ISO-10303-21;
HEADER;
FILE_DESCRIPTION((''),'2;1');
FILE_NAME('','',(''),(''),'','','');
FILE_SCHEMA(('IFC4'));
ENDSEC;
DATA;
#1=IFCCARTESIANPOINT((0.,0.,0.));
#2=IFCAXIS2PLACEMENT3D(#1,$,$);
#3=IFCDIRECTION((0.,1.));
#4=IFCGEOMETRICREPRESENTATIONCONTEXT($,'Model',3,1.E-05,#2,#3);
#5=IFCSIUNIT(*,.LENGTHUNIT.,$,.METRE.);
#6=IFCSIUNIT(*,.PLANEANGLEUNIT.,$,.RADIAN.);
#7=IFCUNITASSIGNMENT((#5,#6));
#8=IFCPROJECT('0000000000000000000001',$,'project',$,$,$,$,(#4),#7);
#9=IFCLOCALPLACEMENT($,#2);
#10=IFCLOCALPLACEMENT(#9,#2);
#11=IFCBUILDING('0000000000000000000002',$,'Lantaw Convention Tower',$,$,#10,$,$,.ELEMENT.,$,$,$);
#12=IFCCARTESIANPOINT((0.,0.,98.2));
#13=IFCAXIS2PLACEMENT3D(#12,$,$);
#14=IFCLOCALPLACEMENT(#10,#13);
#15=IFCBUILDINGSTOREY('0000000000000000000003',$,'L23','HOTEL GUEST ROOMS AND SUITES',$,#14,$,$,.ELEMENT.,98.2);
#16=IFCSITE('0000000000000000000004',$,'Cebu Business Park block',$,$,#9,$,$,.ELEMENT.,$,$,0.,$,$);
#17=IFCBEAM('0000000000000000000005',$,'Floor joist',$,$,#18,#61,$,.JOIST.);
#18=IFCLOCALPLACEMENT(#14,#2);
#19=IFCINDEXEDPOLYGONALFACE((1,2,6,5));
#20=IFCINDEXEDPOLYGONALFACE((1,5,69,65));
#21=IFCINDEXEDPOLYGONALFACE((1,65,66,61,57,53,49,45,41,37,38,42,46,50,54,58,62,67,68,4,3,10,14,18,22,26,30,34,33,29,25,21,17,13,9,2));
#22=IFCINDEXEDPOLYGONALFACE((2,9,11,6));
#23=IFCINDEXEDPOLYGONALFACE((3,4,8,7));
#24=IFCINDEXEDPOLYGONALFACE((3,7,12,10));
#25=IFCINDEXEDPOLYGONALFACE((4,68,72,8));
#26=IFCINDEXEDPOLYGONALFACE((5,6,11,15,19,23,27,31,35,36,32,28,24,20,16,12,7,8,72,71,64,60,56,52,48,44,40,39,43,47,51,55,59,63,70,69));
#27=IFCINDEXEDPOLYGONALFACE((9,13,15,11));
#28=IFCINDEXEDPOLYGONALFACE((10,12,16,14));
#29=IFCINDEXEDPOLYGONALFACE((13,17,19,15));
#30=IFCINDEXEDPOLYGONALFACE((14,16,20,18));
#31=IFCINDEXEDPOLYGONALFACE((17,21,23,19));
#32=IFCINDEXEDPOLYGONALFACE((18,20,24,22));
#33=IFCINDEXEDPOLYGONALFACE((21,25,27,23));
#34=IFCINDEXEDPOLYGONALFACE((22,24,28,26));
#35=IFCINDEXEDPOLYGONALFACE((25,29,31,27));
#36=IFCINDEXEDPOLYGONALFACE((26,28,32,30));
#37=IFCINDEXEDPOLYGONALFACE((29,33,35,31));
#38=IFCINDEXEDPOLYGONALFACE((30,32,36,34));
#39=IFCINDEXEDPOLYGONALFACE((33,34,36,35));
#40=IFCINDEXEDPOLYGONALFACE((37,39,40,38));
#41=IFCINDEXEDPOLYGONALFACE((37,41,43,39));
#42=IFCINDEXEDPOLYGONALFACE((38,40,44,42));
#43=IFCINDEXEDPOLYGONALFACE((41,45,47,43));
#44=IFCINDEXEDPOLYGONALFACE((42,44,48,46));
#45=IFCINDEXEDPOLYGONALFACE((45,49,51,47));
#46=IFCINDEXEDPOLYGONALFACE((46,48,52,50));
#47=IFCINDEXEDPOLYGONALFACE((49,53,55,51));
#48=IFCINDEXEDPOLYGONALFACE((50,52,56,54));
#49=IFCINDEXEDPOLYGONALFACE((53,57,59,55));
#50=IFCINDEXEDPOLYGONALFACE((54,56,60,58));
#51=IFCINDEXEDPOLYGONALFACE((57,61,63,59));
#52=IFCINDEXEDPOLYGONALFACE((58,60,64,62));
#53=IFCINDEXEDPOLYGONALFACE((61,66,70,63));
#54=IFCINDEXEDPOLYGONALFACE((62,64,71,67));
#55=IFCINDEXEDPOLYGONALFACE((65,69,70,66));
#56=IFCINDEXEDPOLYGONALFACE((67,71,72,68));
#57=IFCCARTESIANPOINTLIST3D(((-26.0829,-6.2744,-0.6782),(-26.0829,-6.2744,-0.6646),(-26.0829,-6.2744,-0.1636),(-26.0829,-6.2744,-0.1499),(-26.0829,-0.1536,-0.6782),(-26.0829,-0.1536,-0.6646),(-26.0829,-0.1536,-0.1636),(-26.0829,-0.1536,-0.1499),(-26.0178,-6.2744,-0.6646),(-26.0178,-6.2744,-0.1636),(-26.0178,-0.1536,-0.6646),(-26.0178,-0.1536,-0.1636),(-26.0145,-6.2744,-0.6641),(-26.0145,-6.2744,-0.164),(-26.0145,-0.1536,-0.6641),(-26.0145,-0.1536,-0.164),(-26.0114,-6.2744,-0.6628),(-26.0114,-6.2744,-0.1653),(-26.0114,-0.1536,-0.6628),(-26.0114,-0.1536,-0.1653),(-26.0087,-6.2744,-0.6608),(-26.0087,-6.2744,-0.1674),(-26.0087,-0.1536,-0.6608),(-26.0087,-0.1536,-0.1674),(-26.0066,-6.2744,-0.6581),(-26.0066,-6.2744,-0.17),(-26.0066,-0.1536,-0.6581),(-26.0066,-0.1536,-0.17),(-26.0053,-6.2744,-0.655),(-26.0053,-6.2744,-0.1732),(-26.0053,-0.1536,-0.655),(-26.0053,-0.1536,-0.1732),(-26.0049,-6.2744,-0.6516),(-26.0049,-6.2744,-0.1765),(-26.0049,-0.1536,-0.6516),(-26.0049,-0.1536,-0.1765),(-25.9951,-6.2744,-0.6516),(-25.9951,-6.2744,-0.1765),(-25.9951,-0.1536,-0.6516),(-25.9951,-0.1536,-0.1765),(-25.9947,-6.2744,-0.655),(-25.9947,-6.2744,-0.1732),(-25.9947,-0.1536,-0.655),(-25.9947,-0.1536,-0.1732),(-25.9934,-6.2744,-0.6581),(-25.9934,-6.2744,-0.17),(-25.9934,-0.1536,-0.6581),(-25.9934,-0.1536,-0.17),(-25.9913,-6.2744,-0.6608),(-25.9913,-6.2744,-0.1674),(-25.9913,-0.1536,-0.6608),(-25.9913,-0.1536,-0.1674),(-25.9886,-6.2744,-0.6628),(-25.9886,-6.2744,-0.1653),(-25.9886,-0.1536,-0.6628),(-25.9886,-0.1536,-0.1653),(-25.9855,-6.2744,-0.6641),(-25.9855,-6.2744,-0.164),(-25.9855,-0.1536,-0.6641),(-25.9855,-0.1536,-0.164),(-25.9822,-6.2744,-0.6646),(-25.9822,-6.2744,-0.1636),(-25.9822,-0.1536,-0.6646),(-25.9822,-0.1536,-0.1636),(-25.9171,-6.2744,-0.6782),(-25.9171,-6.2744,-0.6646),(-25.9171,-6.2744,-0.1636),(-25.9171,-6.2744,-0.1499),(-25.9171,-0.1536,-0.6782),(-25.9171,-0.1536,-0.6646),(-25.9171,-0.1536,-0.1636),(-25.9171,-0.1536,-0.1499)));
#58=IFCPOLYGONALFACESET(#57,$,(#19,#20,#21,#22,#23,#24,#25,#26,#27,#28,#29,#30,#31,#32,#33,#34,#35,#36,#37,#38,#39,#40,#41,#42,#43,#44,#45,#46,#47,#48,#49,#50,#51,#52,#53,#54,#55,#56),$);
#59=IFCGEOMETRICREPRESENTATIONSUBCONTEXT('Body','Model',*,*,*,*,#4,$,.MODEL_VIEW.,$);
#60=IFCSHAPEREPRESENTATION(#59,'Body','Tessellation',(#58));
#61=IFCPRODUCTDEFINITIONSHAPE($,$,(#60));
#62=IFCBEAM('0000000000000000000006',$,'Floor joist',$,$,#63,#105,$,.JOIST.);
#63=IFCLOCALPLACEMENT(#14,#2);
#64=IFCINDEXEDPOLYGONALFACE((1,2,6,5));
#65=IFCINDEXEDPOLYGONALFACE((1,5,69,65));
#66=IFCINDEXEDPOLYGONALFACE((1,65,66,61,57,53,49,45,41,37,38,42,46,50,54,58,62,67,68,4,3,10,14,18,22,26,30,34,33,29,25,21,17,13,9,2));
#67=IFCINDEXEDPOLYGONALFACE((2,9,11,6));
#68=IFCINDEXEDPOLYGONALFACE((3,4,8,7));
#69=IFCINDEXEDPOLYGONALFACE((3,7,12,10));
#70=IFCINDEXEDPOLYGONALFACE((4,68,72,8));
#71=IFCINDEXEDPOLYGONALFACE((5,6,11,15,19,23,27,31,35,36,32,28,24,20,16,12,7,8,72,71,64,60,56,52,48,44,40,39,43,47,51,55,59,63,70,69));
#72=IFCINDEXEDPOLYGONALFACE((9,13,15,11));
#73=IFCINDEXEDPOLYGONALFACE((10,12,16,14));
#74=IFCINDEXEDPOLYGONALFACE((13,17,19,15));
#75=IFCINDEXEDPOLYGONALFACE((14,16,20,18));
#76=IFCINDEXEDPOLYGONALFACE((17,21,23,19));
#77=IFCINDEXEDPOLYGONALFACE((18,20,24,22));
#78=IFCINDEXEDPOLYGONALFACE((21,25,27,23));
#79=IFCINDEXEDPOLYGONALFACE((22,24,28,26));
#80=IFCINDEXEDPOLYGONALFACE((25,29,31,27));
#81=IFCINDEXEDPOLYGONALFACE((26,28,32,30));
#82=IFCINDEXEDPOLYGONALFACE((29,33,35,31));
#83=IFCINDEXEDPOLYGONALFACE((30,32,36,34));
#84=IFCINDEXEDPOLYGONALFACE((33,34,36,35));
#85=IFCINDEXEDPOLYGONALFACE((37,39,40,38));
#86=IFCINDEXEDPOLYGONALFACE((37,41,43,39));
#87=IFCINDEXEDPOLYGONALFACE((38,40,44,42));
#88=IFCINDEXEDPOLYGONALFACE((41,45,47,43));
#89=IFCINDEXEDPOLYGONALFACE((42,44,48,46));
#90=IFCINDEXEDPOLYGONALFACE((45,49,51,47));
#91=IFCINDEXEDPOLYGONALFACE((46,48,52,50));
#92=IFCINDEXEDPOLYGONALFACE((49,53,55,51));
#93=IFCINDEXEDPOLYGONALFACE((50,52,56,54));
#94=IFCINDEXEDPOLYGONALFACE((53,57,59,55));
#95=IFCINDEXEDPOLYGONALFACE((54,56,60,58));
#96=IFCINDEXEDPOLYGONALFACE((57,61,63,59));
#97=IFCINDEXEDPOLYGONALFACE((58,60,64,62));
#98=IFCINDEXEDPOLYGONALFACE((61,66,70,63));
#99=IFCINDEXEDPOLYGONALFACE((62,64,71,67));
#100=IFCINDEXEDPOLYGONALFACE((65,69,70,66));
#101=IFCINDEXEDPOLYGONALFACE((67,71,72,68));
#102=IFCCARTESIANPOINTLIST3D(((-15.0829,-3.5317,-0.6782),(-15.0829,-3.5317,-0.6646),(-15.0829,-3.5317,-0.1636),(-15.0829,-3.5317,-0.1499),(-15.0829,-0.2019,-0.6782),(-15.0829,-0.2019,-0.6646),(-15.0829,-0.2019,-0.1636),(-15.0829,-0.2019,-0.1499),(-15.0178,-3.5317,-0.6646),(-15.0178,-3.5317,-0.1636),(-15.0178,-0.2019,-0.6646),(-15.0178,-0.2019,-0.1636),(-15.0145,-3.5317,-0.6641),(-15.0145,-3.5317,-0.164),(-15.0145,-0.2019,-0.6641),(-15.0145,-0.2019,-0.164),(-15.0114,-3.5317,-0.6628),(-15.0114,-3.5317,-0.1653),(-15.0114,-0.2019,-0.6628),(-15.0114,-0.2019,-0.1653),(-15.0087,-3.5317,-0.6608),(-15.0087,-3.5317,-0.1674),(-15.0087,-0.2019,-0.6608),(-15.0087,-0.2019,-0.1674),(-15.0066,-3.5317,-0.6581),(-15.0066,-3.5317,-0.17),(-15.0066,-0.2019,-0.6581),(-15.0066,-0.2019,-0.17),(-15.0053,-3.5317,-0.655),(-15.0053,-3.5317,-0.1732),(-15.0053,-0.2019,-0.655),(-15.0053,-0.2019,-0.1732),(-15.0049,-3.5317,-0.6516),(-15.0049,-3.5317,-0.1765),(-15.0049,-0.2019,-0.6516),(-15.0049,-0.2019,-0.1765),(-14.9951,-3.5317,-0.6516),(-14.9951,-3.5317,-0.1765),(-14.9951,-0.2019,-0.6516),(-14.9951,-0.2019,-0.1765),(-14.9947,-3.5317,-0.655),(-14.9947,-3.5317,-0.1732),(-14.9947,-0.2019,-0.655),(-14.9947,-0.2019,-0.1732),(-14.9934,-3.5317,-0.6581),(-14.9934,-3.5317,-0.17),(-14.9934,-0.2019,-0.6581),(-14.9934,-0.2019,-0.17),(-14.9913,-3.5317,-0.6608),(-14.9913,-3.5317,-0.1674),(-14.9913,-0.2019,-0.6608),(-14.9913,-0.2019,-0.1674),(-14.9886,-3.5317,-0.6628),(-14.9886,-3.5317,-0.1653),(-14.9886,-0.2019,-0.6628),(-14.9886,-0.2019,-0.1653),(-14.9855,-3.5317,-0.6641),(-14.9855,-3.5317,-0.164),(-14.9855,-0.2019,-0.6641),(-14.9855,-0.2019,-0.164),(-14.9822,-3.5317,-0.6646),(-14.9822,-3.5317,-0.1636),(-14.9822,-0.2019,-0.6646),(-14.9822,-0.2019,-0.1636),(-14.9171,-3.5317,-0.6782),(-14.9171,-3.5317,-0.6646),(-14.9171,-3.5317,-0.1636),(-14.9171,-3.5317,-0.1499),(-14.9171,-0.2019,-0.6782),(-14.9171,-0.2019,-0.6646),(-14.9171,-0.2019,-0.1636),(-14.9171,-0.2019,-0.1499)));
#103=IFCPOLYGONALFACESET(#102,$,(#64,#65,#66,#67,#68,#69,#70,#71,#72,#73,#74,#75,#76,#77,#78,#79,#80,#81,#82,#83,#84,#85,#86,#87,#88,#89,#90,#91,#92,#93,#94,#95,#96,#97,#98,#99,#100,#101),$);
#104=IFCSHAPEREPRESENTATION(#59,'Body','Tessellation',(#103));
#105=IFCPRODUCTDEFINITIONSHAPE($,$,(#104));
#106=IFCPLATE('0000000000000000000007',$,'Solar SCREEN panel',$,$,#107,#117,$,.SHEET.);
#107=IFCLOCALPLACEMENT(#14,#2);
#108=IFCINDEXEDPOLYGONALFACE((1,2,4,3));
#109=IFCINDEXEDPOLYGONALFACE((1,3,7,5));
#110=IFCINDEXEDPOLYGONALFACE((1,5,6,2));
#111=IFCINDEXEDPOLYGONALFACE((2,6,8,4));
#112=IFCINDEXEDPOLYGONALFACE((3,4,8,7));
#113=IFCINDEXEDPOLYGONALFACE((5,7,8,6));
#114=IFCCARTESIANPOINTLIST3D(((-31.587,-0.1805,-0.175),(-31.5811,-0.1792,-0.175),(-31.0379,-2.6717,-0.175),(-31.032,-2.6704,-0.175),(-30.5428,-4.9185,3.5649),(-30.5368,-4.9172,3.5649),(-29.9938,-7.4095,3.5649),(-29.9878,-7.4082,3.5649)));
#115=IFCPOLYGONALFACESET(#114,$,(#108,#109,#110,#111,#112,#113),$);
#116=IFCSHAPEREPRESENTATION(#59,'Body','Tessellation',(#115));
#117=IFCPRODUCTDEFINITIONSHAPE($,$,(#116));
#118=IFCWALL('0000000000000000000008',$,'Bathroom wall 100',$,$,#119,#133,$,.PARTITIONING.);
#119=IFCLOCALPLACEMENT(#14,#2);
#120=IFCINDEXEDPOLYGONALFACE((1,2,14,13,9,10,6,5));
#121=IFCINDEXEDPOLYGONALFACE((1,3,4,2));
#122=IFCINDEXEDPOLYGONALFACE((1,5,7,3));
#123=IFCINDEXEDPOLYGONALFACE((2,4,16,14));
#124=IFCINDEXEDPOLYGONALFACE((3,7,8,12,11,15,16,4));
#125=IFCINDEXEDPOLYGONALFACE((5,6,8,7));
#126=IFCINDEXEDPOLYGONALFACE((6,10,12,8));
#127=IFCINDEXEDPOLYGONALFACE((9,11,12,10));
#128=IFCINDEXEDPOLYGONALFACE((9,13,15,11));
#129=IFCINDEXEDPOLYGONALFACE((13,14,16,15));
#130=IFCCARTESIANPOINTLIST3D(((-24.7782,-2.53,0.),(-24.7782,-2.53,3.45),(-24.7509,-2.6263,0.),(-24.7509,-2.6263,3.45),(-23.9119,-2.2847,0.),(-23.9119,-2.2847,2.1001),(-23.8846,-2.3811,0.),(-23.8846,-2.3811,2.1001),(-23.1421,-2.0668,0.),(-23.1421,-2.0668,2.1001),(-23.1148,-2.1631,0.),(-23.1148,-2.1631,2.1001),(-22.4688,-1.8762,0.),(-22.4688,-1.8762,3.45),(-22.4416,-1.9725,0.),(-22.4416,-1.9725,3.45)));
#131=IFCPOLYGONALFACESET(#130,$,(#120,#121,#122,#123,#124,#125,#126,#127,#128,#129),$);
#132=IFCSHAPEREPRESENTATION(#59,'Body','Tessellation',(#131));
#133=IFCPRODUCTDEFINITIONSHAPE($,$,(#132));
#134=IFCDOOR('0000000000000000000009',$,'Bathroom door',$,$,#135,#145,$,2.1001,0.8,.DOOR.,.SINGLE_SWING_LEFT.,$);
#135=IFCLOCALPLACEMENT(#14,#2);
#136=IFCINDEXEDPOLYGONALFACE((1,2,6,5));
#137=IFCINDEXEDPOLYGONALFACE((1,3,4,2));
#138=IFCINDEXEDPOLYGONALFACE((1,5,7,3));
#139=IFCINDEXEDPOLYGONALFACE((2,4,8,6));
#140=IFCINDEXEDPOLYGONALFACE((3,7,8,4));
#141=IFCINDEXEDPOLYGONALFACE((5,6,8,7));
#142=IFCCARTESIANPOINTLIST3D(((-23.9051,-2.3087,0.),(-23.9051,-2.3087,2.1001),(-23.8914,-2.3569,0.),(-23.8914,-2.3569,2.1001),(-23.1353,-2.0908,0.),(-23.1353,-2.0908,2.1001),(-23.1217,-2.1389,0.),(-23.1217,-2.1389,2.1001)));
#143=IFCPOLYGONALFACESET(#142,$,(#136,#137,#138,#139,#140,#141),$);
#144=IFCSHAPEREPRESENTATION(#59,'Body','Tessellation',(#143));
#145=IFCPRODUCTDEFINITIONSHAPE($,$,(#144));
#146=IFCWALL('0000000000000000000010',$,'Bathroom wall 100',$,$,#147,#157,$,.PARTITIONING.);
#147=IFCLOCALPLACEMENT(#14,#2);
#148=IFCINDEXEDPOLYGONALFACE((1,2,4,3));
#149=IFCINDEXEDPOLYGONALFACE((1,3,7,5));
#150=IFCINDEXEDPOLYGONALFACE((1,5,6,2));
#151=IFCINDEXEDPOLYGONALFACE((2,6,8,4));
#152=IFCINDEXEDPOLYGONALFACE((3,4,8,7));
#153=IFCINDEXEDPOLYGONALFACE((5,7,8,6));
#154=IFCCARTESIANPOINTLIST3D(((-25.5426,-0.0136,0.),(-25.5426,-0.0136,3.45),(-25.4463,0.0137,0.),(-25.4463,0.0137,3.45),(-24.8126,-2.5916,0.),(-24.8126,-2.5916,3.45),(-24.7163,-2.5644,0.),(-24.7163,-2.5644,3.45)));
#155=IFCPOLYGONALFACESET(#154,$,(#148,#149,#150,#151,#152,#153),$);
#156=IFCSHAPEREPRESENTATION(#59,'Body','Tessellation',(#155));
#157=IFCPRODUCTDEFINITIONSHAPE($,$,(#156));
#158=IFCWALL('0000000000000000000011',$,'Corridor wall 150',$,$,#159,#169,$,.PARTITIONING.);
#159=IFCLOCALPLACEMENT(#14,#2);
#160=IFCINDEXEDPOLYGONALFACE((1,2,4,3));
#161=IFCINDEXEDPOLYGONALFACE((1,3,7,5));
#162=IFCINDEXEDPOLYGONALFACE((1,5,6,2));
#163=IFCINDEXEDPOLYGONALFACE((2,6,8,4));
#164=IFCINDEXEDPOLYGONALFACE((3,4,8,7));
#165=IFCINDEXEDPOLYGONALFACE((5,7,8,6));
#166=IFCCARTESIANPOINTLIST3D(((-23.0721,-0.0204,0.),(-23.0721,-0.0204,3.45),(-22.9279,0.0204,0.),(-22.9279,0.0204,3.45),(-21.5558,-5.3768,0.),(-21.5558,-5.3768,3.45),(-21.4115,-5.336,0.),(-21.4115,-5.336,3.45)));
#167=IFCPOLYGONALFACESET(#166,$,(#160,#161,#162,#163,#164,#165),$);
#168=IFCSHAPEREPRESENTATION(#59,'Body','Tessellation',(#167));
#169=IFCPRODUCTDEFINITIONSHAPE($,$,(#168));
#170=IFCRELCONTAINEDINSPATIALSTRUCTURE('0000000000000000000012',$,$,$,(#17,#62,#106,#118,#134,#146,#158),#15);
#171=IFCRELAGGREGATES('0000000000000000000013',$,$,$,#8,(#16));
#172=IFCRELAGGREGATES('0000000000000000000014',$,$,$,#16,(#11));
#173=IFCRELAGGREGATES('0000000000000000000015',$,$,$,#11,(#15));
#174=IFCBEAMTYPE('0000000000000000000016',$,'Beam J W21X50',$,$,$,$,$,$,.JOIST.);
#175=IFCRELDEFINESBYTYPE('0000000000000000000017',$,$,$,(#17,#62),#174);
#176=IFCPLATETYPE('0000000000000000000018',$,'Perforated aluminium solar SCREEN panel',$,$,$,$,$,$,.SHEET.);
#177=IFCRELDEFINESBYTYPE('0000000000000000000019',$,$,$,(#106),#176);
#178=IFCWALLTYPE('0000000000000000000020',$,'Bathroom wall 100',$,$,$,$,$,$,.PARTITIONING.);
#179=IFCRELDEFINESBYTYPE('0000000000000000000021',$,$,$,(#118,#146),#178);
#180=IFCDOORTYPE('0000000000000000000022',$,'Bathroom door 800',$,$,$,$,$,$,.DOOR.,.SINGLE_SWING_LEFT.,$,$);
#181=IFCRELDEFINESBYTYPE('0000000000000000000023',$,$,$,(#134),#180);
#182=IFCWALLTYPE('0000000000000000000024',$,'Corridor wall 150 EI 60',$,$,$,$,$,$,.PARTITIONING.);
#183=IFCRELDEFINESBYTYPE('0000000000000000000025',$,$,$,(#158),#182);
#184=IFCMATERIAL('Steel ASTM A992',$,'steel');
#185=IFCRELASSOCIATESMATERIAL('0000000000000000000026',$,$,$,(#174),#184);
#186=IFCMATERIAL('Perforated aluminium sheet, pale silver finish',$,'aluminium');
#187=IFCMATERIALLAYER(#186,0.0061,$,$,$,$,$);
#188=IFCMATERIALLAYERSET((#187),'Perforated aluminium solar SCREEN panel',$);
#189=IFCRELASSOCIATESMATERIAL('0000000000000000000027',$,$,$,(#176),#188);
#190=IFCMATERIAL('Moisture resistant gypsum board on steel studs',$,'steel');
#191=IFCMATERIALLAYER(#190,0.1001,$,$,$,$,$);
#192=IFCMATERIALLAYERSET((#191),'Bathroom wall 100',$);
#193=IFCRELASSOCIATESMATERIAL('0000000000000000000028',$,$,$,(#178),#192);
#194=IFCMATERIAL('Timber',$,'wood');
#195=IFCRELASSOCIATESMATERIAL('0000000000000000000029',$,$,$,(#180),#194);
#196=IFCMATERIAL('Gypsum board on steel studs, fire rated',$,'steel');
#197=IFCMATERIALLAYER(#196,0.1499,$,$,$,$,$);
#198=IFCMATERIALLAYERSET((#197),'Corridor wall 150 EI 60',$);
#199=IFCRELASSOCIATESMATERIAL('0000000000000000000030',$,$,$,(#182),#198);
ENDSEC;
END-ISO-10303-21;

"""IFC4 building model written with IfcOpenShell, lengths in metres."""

from ifc_helpers import new_model, si_unit, direction, frame, frame_2d, origin, origin_2d, place, context, subcontext, project, spatial, polyline, rectangle, i_section, outline, extrude, material, layer, layer_set, material_profile, profile_set, type_object, element, fill, save


model = new_model("IFC4")

# Units and contexts
model_context = context("Model", 3, precision=1e-05, world=origin(), true_north=direction((0.0, 1.0)))
body_context = subcontext(model_context, "Body", "Model", "MODEL_VIEW")
ifc_project = project(units=[si_unit("LENGTHUNIT", "METRE"), si_unit("PLANEANGLEUNIT", "RADIAN")], contexts=[model_context])

# Site, building, storey
site_placement = place(None, origin())
site = spatial("IfcSite", under=ifc_project, at=site_placement, Name="Cebu Business Park block", CompositionType="ELEMENT", RefElevation=0.0)
building_placement = place(site_placement, origin())
building = spatial("IfcBuilding", under=site, at=building_placement, Name="Lantaw Convention Tower", CompositionType="ELEMENT")
storey_placement = place(building_placement, frame((0.0, 0.0, 98.2)))
storey = spatial("IfcBuildingStorey", under=building, at=storey_placement, Name="L23", Description="HOTEL GUEST ROOMS AND SUITES", CompositionType="ELEMENT", Elevation=98.2)

# Beams
ifc_material_1 = material(Name="Steel ASTM A992", Category="steel")
ifc_material_profile_1 = material_profile(ifc_material_1, i_section(OverallWidth=0.1658, OverallDepth=0.5283, WebThickness=0.0098, FlangeThickness=0.0137, FilletRadius=0.0129, at=origin_2d()), Name="W21X50")
ifc_profile_set_1 = profile_set([ifc_material_profile_1], Name="Steel ASTM A992")
beam_type_1 = type_object("IfcBeamType", Name="Beam J W21X50", PredefinedType="JOIST", material=ifc_profile_set_1)
beam_1_placement = place(storey_placement, frame((-26.0, -6.2744, -0.4141), z_axis=(0.0, 1.0, 0.0), x_axis=(-1.0, 0.0, 0.0)))
element("IfcBeam", 1, at=beam_1_placement, inside=storey, type_object=beam_type_1, Name="Floor joist", PredefinedType="JOIST", context=body_context, shape_type="SweptSolid", body=[
    extrude(i_section(OverallWidth=0.1658, OverallDepth=0.5283, WebThickness=0.0098, FlangeThickness=0.0137, FilletRadius=0.0129, at=origin_2d()), origin(), (0.0, 0.0, 1.0), 6.1208),
])
beam_2_placement = place(storey_placement, frame((-15.0, -3.5317, -0.4141), z_axis=(0.0, 1.0, 0.0), x_axis=(-1.0, 0.0, 0.0)))
element("IfcBeam", 2, at=beam_2_placement, inside=storey, type_object=beam_type_1, Name="Floor joist", PredefinedType="JOIST", context=body_context, shape_type="SweptSolid", body=[
    extrude(i_section(OverallWidth=0.1658, OverallDepth=0.5283, WebThickness=0.0098, FlangeThickness=0.0137, FilletRadius=0.0129, at=origin_2d()), origin(), (0.0, 0.0, 1.0), 3.3298),
])

# Plate
ifc_material_2 = material(Name="Perforated aluminium sheet, pale silver finish", Category="aluminium")
ifc_layer_1 = layer(ifc_material_2, 0.0061)
ifc_layer_set_1 = layer_set([ifc_layer_1], Name="Perforated aluminium solar SCREEN panel")
plate_type = type_object("IfcPlateType", Name="Perforated aluminium solar SCREEN panel", PredefinedType="SHEET", material=ifc_layer_set_1)
plate_placement = place(storey_placement, frame((-31.5811, -0.1792, -0.175), z_axis=(0.976559, 0.215248, 0.00003), x_axis=(0.215248, -0.976559, 0.0)))
element("IfcPlate", 3, at=plate_placement, inside=storey, type_object=plate_type, Name="Solar SCREEN panel", PredefinedType="SHEET", context=body_context, shape_type="SweptSolid", body=[
    extrude(outline(polyline([(0.0, 0.0), (2.551, 0.0), (7.4025, -3.74), (4.8517, -3.74), (0.0, 0.0)])), origin(), (0.0, 0.0, -1.0), 0.0061),
])

# Wall, opening, door
ifc_material_3 = material(Name="Moisture resistant gypsum board on steel studs", Category="steel")
ifc_layer_2 = layer(ifc_material_3, 0.1001)
ifc_layer_set_2 = layer_set([ifc_layer_2], Name="Bathroom wall 100")
wall_type_1 = type_object("IfcWallType", Name="Bathroom wall 100", PredefinedType="PARTITIONING", material=ifc_layer_set_2)
wall_1_placement = place(storey_placement, frame((-22.4551, -1.9243, 0.0), z_axis=(0.0, 0.0, 1.0), x_axis=(-0.962181, -0.27241, 0.0)))
wall_1 = element("IfcWall", 4, at=wall_1_placement, inside=storey, type_object=wall_type_1, Name="Bathroom wall 100", PredefinedType="PARTITIONING", context=body_context, shape_type="SweptSolid", body=[
    extrude(rectangle(XDim=2.4001, YDim=0.1001, at=frame_2d((1.2002, 0.0))), origin(), (0.0, 0.0, 1.0), 3.45),
])
opening_1_placement = place(wall_1_placement, frame((0.7, 0.0, 0.0)))
opening_1 = element("IfcOpeningElement", 5, at=opening_1_placement, cuts=wall_1, PredefinedType="OPENING", context=body_context, shape_type="SweptSolid", body=[
    extrude(rectangle(XDim=0.8, YDim=2.1001, at=frame_2d((0.3999, 1.05))), frame((0.0, 0.0601, 0.0), z_axis=(0.0, -1.0, 0.0), x_axis=(1.0, 0.0, 0.0)), (0.0, 0.0, 1.0), 0.1201),
])
ifc_material_4 = material(Name="Timber", Category="wood")
door_type_1 = type_object("IfcDoorType", Name="Bathroom door 800", OperationType="SINGLE_SWING_LEFT", PredefinedType="DOOR", material=ifc_material_4)
door_1_placement = place(opening_1_placement, origin())
door_1 = element("IfcDoor", 6, at=door_1_placement, inside=storey, type_object=door_type_1, Name="Bathroom door", OperationType="SINGLE_SWING_LEFT", OverallHeight=2.1001, OverallWidth=0.8, PredefinedType="DOOR", context=body_context, shape_type="SweptSolid", body=[
    extrude(rectangle(XDim=0.8, YDim=2.1001, at=frame_2d((0.3999, 1.05))), frame((0.0, 0.0249, 0.0), z_axis=(0.0, -1.0, 0.0), x_axis=(1.0, 0.0, 0.0)), (0.0, 0.0, 1.0), 0.05),
])
fill(opening_1, door_1)

# Walls
wall_2_placement = place(storey_placement, frame((-24.7644, -2.5781, 0.0), z_axis=(0.0, 0.0, 1.0), x_axis=(-0.272434, 0.962175, 0.0)))
element("IfcWall", 7, at=wall_2_placement, inside=storey, type_object=wall_type_1, Name="Bathroom wall 100", PredefinedType="PARTITIONING", context=body_context, shape_type="SweptSolid", body=[
    extrude(rectangle(XDim=2.6794, YDim=0.1001, at=frame_2d((1.3398, 0.0))), origin(), (0.0, 0.0, 1.0), 3.45),
])
ifc_material_5 = material(Name="Gypsum board on steel studs, fire rated", Category="steel")
ifc_layer_3 = layer(ifc_material_5, 0.1499)
ifc_layer_set_3 = layer_set([ifc_layer_3], Name="Corridor wall 150 EI 60")
wall_type_2 = type_object("IfcWallType", Name="Corridor wall 150 EI 60", PredefinedType="PARTITIONING", material=ifc_layer_set_3)
wall_3_placement = place(storey_placement, frame((-23.0, 0.0, 0.0), z_axis=(0.0, 0.0, 1.0), x_axis=(0.272386, -0.962188, 0.0)))
element("IfcWall", 8, at=wall_3_placement, inside=storey, type_object=wall_type_2, Name="Corridor wall 150", PredefinedType="PARTITIONING", context=body_context, shape_type="SweptSolid", body=[
    extrude(rectangle(XDim=5.5669, YDim=0.1499, at=frame_2d((2.7834, 0.0))), origin(), (0.0, 0.0, 1.0), 3.45),
])

save(model, "model.ifc")
